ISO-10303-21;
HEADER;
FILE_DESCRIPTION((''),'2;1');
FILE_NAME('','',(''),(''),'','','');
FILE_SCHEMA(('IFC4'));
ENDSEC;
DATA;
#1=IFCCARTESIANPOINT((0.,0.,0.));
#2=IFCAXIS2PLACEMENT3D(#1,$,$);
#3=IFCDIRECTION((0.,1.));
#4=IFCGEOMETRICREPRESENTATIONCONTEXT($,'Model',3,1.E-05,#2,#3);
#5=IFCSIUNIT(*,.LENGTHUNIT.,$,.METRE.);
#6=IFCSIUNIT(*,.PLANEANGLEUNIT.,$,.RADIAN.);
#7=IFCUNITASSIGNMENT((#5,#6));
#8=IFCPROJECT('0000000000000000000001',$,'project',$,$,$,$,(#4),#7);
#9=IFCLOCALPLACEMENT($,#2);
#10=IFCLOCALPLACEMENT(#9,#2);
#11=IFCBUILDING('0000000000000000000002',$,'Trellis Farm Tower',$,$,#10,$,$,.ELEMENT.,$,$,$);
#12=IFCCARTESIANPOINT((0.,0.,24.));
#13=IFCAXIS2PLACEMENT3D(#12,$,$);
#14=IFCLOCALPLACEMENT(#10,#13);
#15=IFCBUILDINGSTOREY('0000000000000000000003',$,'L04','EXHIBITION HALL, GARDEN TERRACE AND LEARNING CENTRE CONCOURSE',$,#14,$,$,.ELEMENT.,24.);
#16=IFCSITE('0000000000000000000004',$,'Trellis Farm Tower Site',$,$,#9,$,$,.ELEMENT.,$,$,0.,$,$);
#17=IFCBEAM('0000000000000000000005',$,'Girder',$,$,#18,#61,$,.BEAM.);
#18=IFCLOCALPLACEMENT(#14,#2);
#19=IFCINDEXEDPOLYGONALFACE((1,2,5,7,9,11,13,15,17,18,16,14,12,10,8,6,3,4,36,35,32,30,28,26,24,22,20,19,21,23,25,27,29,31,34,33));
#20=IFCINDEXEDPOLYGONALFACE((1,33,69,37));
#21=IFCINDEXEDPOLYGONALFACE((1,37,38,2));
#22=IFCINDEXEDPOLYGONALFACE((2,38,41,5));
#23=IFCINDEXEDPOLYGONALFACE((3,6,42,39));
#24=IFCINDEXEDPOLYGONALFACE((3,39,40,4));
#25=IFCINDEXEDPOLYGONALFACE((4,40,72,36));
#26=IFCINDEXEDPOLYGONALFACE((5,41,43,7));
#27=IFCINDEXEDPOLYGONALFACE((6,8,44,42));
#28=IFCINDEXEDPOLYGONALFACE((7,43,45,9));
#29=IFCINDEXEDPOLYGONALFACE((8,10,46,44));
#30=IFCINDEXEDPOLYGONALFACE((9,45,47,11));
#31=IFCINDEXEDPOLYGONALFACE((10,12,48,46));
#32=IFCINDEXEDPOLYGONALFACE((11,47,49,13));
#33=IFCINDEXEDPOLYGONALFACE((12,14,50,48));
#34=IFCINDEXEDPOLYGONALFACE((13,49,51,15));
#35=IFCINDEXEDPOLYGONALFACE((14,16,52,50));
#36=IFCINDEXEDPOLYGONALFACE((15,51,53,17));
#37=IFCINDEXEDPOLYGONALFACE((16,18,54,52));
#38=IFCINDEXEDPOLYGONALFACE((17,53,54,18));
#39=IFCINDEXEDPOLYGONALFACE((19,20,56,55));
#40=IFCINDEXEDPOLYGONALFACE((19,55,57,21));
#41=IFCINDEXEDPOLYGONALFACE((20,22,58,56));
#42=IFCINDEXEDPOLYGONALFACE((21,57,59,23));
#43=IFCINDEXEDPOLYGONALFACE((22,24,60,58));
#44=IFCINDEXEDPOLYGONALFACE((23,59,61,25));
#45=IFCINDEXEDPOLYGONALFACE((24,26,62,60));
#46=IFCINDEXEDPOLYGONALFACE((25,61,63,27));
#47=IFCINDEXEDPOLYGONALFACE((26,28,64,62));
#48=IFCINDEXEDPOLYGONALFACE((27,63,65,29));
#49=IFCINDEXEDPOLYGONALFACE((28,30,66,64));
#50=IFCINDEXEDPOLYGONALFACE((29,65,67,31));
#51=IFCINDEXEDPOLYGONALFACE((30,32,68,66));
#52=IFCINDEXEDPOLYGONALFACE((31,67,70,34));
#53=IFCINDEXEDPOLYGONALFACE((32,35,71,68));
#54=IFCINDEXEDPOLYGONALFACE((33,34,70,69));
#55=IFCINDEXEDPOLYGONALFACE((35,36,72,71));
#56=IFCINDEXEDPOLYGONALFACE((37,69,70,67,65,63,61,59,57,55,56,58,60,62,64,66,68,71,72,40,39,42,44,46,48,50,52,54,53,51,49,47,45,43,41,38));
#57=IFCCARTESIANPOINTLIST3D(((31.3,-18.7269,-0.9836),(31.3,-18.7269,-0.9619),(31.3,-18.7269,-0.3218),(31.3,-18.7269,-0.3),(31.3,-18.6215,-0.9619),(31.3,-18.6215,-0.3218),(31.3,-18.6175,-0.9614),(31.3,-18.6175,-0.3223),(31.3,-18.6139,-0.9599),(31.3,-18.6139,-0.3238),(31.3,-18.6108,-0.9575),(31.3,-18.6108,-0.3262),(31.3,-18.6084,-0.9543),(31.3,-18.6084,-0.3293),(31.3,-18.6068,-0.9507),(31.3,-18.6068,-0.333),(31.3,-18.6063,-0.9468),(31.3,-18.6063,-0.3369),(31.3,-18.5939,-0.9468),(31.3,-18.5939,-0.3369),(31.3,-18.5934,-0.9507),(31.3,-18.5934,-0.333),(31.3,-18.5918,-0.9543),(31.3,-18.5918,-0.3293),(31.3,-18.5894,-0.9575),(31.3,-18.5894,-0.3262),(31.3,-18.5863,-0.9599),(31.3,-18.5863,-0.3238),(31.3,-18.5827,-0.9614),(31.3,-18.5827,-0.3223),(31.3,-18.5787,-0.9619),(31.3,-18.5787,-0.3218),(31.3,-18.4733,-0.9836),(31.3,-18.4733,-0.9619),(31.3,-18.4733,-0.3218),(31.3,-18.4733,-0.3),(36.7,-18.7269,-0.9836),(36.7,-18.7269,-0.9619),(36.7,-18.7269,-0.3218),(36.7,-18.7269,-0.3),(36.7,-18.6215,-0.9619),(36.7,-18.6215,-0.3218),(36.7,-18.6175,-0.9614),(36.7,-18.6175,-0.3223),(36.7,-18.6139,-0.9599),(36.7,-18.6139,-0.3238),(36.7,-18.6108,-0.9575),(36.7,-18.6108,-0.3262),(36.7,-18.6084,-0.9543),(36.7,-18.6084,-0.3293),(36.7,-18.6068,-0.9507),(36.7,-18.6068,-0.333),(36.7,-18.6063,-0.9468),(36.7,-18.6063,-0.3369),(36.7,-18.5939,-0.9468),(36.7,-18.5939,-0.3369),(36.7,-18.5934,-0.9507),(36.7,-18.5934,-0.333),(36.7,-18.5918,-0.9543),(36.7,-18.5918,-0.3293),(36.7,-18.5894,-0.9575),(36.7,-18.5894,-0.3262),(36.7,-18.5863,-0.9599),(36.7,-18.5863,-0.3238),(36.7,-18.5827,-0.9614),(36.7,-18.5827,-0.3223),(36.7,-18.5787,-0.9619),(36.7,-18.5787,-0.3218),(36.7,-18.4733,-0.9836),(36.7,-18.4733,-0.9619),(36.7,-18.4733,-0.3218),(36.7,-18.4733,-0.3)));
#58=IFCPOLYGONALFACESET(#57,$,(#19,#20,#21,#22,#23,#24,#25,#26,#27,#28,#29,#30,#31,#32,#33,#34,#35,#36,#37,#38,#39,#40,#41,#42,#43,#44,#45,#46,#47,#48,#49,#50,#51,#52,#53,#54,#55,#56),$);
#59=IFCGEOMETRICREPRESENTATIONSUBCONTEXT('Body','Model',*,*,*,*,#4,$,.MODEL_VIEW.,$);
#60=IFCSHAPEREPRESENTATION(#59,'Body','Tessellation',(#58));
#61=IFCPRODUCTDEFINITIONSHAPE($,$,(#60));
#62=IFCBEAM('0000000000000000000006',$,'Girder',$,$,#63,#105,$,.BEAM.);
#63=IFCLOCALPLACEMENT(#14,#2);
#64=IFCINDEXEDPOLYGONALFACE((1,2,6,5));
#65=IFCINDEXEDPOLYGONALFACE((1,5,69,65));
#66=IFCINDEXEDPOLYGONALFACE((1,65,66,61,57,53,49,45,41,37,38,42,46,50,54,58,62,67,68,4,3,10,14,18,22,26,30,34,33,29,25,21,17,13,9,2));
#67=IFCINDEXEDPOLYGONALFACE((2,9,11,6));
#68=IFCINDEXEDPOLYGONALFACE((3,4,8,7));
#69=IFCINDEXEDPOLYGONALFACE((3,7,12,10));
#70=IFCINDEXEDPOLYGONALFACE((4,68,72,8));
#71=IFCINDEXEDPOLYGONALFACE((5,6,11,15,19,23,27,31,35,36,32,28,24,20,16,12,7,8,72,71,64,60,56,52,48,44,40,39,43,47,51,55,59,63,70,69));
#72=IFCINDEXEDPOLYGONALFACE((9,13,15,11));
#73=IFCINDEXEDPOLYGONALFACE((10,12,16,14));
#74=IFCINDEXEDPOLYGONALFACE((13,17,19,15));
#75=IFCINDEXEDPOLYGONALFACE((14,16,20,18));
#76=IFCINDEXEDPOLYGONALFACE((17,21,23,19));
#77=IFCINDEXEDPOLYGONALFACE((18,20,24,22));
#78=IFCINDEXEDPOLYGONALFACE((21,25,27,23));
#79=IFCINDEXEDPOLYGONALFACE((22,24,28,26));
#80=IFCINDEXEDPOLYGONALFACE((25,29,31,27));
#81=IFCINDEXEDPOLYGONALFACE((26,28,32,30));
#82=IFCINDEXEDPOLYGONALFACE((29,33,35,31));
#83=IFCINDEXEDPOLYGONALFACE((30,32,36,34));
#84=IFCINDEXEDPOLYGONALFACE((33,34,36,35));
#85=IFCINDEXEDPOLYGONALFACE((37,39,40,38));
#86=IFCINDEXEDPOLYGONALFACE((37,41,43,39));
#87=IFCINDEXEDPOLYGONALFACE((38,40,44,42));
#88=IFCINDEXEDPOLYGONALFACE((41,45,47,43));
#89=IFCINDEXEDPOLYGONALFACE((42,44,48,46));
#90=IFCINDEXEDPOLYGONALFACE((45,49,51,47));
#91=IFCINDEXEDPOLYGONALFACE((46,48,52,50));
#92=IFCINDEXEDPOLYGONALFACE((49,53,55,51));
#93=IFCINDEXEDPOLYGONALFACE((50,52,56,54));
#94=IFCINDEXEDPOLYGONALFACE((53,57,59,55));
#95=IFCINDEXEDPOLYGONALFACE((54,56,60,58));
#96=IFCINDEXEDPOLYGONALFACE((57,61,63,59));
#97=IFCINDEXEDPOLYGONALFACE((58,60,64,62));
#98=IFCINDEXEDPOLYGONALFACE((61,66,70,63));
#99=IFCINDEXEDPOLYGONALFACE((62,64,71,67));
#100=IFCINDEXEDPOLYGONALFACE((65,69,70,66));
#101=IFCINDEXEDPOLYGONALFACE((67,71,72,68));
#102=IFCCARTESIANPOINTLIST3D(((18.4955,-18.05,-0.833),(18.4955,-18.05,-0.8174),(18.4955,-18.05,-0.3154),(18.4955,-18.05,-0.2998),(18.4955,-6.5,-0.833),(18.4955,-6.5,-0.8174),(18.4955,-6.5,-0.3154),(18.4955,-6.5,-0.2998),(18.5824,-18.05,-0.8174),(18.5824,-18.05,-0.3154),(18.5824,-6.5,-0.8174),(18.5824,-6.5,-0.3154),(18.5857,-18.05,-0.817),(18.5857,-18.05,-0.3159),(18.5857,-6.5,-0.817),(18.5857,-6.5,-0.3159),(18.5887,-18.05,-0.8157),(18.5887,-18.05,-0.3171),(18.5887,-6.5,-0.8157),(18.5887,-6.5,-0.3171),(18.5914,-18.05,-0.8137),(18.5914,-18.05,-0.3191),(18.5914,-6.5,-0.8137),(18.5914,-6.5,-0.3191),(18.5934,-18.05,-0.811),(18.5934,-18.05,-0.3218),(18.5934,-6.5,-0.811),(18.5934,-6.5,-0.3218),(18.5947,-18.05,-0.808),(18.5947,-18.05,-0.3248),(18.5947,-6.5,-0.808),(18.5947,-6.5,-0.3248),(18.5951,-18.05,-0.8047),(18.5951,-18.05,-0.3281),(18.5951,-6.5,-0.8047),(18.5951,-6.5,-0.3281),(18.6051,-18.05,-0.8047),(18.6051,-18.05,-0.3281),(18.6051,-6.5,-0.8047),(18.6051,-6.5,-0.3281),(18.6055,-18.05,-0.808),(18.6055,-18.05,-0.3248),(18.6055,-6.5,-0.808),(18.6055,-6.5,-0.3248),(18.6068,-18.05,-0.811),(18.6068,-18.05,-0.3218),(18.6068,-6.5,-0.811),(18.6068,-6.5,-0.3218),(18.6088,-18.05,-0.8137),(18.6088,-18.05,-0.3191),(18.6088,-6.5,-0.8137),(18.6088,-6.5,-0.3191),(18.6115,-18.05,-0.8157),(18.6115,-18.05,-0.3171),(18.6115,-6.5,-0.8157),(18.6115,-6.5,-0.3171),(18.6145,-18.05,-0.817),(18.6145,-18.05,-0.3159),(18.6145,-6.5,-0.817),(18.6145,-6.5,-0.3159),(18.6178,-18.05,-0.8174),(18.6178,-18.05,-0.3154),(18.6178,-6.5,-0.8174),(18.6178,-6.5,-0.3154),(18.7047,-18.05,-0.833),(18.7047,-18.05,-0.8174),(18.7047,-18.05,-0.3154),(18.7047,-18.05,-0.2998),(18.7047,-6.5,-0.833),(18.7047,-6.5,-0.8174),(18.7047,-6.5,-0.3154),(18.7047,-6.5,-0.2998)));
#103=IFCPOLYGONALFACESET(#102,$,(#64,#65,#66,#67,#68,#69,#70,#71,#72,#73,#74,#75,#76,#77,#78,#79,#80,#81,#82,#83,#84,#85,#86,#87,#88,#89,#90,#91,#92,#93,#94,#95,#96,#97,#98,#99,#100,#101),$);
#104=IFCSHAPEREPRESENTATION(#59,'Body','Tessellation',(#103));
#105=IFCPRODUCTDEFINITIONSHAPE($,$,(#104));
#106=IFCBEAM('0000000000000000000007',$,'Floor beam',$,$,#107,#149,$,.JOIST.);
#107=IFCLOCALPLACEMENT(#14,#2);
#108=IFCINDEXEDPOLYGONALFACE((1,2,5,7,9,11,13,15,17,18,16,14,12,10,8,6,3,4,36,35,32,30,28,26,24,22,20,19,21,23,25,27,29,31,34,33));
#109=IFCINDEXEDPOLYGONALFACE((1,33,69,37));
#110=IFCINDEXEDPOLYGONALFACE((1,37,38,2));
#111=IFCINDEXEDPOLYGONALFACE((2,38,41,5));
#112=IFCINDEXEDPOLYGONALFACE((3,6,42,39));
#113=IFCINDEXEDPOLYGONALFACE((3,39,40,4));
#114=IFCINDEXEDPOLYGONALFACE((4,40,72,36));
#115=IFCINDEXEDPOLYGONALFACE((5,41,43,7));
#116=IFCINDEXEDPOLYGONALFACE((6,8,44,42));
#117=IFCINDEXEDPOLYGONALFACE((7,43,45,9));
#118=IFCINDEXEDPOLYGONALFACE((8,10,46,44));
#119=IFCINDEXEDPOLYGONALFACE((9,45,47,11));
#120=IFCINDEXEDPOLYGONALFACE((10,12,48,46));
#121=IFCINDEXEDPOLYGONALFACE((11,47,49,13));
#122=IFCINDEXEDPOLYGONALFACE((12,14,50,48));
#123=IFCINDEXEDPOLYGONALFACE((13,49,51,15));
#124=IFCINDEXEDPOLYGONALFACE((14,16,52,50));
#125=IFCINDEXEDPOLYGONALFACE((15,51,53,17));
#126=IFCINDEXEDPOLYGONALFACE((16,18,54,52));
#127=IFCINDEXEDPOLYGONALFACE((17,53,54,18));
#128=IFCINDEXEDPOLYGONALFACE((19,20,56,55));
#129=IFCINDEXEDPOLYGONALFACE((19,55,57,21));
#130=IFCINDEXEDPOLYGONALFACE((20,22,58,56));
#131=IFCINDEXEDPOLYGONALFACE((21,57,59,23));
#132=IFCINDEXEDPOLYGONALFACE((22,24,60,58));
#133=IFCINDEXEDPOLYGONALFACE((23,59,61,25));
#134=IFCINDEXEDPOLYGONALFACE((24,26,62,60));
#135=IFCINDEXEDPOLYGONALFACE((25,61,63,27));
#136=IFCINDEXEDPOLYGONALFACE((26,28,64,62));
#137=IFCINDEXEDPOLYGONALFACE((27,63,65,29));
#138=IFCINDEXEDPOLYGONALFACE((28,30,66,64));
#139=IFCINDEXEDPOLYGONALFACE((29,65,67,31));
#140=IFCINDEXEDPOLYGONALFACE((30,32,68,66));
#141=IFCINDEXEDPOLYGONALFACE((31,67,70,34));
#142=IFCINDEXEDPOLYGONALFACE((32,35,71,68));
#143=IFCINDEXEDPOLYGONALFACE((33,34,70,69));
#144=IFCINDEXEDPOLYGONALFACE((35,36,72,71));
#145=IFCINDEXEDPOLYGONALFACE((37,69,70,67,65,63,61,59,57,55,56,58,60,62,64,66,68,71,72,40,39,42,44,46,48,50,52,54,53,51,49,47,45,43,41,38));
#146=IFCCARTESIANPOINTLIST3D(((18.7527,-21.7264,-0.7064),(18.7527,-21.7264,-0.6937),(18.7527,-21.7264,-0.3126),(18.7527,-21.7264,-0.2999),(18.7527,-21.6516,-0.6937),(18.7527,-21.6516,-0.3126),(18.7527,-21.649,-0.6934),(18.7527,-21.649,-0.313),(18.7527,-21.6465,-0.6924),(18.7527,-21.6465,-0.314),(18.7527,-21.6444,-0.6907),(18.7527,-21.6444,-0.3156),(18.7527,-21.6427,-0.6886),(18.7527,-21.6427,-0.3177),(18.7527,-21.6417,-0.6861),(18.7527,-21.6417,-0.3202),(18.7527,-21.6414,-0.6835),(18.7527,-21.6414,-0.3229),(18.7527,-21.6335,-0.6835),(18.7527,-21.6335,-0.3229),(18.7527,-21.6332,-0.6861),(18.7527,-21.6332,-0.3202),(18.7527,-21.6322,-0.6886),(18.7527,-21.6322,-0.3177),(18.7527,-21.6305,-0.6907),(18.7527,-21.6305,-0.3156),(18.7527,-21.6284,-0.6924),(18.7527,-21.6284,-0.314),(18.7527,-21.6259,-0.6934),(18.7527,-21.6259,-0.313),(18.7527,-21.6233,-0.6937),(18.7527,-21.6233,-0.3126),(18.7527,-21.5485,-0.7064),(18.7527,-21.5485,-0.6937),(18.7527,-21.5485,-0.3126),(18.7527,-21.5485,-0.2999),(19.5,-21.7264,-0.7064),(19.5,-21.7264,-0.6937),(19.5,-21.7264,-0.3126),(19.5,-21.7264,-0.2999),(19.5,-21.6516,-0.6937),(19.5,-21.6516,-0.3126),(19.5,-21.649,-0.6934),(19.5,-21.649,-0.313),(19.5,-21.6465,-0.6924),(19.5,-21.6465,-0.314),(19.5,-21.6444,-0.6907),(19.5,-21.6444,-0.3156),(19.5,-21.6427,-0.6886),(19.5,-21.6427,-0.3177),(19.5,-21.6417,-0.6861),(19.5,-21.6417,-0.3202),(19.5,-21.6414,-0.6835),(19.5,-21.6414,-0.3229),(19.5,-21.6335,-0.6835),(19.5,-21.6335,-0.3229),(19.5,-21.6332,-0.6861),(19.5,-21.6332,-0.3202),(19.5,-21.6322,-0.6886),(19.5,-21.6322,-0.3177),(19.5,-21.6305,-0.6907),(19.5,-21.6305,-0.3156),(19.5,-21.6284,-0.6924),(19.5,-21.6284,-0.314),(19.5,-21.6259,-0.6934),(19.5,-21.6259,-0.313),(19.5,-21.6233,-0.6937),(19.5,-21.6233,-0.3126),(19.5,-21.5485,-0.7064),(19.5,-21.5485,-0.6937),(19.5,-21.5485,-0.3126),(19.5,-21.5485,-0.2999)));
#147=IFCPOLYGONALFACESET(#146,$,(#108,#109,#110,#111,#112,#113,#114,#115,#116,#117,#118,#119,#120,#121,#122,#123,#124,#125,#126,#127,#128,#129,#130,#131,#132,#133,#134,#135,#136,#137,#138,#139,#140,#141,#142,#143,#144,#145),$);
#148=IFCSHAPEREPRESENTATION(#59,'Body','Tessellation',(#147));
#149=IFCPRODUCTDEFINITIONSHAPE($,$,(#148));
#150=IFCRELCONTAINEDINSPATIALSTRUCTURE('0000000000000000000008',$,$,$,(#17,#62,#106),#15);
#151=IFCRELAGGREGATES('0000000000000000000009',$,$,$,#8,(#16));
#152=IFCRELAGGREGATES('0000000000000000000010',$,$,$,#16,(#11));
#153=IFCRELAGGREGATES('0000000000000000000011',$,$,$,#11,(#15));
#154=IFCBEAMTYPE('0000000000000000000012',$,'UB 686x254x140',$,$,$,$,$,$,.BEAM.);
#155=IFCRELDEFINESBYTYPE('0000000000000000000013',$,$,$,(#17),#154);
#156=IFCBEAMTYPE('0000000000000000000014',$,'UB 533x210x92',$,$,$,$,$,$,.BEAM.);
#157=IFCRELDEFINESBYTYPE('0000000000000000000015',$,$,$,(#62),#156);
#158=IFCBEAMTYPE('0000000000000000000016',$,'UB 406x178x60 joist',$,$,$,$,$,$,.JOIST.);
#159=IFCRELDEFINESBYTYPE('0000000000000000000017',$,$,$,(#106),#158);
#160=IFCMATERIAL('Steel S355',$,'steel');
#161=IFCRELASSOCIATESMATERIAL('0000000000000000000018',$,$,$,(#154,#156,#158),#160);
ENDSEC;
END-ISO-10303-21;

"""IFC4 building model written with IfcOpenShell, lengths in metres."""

from ifc_helpers import new_model, si_unit, direction, frame, origin, origin_2d, place, context, subcontext, project, spatial, i_section, extrude, source, transform, mapped, material, material_profile, profile_set, type_object, element, save


model = new_model("IFC4")

# Units and contexts
model_context = context("Model", 3, precision=1e-05, world=origin(), true_north=direction((0.0, 1.0)))
body_context = subcontext(model_context, "Body", "Model", "MODEL_VIEW")
ifc_project = project(units=[si_unit("LENGTHUNIT", "METRE"), si_unit("PLANEANGLEUNIT", "RADIAN")], contexts=[model_context])

# Site, building, storey
site_placement = place(None, origin())
site = spatial("IfcSite", under=ifc_project, at=site_placement, Name="Trellis Farm Tower Site", CompositionType="ELEMENT", RefElevation=0.0)
building_placement = place(site_placement, origin())
building = spatial("IfcBuilding", under=site, at=building_placement, Name="Trellis Farm Tower", CompositionType="ELEMENT")
storey_placement = place(building_placement, frame((0.0, 0.0, 24.0)))
storey = spatial("IfcBuildingStorey", under=building, at=storey_placement, Name="L04", Description="EXHIBITION HALL, GARDEN TERRACE AND LEARNING CENTRE CONCOURSE", CompositionType="ELEMENT", Elevation=24.0)

# Beams
ifc_material_1 = material(Name="Steel S355", Category="steel")
ifc_material_profile_1 = material_profile(ifc_material_1, i_section(OverallWidth=0.2537, OverallDepth=0.6836, WebThickness=0.0125, FlangeThickness=0.0217, FilletRadius=0.0151, at=origin_2d()), Name="UB 686x254x140")
ifc_profile_set_1 = profile_set([ifc_material_profile_1], Name="Steel S355")
beam_type_1 = type_object("IfcBeamType", Name="UB 686x254x140", PredefinedType="BEAM", material=ifc_profile_set_1)
shared_shape_1 = source(origin(), body_context, "Body", "SweptSolid", [
    extrude(i_section(OverallWidth=0.2537, OverallDepth=0.6836, WebThickness=0.0125, FlangeThickness=0.0217, FilletRadius=0.0151, at=origin_2d()), origin(), (0.0, 0.0, 1.0), 5.3999),
])
beam_1_placement = place(storey_placement, frame((31.3, -18.6001, -0.6418), z_axis=(1.0, 0.0, 0.0), x_axis=(0.0, 1.0, 0.0)))
element("IfcBeam", 1, at=beam_1_placement, inside=storey, type_object=beam_type_1, Name="Girder", PredefinedType="BEAM", context=body_context, shape_type="MappedRepresentation", body=[
    mapped(shared_shape_1, transform((0.0, 0.0, 0.0))),
])
ifc_material_profile_2 = material_profile(ifc_material_1, i_section(OverallWidth=0.2092, OverallDepth=0.5332, WebThickness=0.01, FlangeThickness=0.0156, FilletRadius=0.0127, at=origin_2d()), Name="UB 533x210x92")
ifc_profile_set_2 = profile_set([ifc_material_profile_2], Name="Steel S355")
beam_type_2 = type_object("IfcBeamType", Name="UB 533x210x92", PredefinedType="BEAM", material=ifc_profile_set_2)
shared_shape_2 = source(origin(), body_context, "Body", "SweptSolid", [
    extrude(i_section(OverallWidth=0.2092, OverallDepth=0.5332, WebThickness=0.01, FlangeThickness=0.0156, FilletRadius=0.0127, at=origin_2d()), origin(), (0.0, 0.0, 1.0), 11.55),
])
beam_2_placement = place(storey_placement, frame((18.6001, -18.05, -0.5664), z_axis=(0.0, 1.0, 0.0), x_axis=(-1.0, 0.0, 0.0)))
element("IfcBeam", 2, at=beam_2_placement, inside=storey, type_object=beam_type_2, Name="Girder", PredefinedType="BEAM", context=body_context, shape_type="MappedRepresentation", body=[
    mapped(shared_shape_2, transform((0.0, 0.0, 0.0))),
])
ifc_material_profile_3 = material_profile(ifc_material_1, i_section(OverallWidth=0.178, OverallDepth=0.4065, WebThickness=0.0078, FlangeThickness=0.0127, FilletRadius=0.0103, at=origin_2d()), Name="UB 406x178x60")
ifc_profile_set_3 = profile_set([ifc_material_profile_3], Name="Steel S355")
beam_type_3 = type_object("IfcBeamType", Name="UB 406x178x60 joist", PredefinedType="JOIST", material=ifc_profile_set_3)
shared_shape_3 = source(origin(), body_context, "Body", "SweptSolid", [
    extrude(i_section(OverallWidth=0.178, OverallDepth=0.4065, WebThickness=0.0078, FlangeThickness=0.0127, FilletRadius=0.0103, at=origin_2d()), origin(), (0.0, 0.0, 1.0), 0.7473),
])
beam_3_placement = place(storey_placement, frame((18.7527, -21.6375, -0.5032), z_axis=(1.0, 0.0, 0.0), x_axis=(0.0, 1.0, 0.0)))
element("IfcBeam", 3, at=beam_3_placement, inside=storey, type_object=beam_type_3, Name="Floor beam", PredefinedType="JOIST", context=body_context, shape_type="MappedRepresentation", body=[
    mapped(shared_shape_3, transform((0.0, 0.0, 0.0))),
])

save(model, "model.ifc")
